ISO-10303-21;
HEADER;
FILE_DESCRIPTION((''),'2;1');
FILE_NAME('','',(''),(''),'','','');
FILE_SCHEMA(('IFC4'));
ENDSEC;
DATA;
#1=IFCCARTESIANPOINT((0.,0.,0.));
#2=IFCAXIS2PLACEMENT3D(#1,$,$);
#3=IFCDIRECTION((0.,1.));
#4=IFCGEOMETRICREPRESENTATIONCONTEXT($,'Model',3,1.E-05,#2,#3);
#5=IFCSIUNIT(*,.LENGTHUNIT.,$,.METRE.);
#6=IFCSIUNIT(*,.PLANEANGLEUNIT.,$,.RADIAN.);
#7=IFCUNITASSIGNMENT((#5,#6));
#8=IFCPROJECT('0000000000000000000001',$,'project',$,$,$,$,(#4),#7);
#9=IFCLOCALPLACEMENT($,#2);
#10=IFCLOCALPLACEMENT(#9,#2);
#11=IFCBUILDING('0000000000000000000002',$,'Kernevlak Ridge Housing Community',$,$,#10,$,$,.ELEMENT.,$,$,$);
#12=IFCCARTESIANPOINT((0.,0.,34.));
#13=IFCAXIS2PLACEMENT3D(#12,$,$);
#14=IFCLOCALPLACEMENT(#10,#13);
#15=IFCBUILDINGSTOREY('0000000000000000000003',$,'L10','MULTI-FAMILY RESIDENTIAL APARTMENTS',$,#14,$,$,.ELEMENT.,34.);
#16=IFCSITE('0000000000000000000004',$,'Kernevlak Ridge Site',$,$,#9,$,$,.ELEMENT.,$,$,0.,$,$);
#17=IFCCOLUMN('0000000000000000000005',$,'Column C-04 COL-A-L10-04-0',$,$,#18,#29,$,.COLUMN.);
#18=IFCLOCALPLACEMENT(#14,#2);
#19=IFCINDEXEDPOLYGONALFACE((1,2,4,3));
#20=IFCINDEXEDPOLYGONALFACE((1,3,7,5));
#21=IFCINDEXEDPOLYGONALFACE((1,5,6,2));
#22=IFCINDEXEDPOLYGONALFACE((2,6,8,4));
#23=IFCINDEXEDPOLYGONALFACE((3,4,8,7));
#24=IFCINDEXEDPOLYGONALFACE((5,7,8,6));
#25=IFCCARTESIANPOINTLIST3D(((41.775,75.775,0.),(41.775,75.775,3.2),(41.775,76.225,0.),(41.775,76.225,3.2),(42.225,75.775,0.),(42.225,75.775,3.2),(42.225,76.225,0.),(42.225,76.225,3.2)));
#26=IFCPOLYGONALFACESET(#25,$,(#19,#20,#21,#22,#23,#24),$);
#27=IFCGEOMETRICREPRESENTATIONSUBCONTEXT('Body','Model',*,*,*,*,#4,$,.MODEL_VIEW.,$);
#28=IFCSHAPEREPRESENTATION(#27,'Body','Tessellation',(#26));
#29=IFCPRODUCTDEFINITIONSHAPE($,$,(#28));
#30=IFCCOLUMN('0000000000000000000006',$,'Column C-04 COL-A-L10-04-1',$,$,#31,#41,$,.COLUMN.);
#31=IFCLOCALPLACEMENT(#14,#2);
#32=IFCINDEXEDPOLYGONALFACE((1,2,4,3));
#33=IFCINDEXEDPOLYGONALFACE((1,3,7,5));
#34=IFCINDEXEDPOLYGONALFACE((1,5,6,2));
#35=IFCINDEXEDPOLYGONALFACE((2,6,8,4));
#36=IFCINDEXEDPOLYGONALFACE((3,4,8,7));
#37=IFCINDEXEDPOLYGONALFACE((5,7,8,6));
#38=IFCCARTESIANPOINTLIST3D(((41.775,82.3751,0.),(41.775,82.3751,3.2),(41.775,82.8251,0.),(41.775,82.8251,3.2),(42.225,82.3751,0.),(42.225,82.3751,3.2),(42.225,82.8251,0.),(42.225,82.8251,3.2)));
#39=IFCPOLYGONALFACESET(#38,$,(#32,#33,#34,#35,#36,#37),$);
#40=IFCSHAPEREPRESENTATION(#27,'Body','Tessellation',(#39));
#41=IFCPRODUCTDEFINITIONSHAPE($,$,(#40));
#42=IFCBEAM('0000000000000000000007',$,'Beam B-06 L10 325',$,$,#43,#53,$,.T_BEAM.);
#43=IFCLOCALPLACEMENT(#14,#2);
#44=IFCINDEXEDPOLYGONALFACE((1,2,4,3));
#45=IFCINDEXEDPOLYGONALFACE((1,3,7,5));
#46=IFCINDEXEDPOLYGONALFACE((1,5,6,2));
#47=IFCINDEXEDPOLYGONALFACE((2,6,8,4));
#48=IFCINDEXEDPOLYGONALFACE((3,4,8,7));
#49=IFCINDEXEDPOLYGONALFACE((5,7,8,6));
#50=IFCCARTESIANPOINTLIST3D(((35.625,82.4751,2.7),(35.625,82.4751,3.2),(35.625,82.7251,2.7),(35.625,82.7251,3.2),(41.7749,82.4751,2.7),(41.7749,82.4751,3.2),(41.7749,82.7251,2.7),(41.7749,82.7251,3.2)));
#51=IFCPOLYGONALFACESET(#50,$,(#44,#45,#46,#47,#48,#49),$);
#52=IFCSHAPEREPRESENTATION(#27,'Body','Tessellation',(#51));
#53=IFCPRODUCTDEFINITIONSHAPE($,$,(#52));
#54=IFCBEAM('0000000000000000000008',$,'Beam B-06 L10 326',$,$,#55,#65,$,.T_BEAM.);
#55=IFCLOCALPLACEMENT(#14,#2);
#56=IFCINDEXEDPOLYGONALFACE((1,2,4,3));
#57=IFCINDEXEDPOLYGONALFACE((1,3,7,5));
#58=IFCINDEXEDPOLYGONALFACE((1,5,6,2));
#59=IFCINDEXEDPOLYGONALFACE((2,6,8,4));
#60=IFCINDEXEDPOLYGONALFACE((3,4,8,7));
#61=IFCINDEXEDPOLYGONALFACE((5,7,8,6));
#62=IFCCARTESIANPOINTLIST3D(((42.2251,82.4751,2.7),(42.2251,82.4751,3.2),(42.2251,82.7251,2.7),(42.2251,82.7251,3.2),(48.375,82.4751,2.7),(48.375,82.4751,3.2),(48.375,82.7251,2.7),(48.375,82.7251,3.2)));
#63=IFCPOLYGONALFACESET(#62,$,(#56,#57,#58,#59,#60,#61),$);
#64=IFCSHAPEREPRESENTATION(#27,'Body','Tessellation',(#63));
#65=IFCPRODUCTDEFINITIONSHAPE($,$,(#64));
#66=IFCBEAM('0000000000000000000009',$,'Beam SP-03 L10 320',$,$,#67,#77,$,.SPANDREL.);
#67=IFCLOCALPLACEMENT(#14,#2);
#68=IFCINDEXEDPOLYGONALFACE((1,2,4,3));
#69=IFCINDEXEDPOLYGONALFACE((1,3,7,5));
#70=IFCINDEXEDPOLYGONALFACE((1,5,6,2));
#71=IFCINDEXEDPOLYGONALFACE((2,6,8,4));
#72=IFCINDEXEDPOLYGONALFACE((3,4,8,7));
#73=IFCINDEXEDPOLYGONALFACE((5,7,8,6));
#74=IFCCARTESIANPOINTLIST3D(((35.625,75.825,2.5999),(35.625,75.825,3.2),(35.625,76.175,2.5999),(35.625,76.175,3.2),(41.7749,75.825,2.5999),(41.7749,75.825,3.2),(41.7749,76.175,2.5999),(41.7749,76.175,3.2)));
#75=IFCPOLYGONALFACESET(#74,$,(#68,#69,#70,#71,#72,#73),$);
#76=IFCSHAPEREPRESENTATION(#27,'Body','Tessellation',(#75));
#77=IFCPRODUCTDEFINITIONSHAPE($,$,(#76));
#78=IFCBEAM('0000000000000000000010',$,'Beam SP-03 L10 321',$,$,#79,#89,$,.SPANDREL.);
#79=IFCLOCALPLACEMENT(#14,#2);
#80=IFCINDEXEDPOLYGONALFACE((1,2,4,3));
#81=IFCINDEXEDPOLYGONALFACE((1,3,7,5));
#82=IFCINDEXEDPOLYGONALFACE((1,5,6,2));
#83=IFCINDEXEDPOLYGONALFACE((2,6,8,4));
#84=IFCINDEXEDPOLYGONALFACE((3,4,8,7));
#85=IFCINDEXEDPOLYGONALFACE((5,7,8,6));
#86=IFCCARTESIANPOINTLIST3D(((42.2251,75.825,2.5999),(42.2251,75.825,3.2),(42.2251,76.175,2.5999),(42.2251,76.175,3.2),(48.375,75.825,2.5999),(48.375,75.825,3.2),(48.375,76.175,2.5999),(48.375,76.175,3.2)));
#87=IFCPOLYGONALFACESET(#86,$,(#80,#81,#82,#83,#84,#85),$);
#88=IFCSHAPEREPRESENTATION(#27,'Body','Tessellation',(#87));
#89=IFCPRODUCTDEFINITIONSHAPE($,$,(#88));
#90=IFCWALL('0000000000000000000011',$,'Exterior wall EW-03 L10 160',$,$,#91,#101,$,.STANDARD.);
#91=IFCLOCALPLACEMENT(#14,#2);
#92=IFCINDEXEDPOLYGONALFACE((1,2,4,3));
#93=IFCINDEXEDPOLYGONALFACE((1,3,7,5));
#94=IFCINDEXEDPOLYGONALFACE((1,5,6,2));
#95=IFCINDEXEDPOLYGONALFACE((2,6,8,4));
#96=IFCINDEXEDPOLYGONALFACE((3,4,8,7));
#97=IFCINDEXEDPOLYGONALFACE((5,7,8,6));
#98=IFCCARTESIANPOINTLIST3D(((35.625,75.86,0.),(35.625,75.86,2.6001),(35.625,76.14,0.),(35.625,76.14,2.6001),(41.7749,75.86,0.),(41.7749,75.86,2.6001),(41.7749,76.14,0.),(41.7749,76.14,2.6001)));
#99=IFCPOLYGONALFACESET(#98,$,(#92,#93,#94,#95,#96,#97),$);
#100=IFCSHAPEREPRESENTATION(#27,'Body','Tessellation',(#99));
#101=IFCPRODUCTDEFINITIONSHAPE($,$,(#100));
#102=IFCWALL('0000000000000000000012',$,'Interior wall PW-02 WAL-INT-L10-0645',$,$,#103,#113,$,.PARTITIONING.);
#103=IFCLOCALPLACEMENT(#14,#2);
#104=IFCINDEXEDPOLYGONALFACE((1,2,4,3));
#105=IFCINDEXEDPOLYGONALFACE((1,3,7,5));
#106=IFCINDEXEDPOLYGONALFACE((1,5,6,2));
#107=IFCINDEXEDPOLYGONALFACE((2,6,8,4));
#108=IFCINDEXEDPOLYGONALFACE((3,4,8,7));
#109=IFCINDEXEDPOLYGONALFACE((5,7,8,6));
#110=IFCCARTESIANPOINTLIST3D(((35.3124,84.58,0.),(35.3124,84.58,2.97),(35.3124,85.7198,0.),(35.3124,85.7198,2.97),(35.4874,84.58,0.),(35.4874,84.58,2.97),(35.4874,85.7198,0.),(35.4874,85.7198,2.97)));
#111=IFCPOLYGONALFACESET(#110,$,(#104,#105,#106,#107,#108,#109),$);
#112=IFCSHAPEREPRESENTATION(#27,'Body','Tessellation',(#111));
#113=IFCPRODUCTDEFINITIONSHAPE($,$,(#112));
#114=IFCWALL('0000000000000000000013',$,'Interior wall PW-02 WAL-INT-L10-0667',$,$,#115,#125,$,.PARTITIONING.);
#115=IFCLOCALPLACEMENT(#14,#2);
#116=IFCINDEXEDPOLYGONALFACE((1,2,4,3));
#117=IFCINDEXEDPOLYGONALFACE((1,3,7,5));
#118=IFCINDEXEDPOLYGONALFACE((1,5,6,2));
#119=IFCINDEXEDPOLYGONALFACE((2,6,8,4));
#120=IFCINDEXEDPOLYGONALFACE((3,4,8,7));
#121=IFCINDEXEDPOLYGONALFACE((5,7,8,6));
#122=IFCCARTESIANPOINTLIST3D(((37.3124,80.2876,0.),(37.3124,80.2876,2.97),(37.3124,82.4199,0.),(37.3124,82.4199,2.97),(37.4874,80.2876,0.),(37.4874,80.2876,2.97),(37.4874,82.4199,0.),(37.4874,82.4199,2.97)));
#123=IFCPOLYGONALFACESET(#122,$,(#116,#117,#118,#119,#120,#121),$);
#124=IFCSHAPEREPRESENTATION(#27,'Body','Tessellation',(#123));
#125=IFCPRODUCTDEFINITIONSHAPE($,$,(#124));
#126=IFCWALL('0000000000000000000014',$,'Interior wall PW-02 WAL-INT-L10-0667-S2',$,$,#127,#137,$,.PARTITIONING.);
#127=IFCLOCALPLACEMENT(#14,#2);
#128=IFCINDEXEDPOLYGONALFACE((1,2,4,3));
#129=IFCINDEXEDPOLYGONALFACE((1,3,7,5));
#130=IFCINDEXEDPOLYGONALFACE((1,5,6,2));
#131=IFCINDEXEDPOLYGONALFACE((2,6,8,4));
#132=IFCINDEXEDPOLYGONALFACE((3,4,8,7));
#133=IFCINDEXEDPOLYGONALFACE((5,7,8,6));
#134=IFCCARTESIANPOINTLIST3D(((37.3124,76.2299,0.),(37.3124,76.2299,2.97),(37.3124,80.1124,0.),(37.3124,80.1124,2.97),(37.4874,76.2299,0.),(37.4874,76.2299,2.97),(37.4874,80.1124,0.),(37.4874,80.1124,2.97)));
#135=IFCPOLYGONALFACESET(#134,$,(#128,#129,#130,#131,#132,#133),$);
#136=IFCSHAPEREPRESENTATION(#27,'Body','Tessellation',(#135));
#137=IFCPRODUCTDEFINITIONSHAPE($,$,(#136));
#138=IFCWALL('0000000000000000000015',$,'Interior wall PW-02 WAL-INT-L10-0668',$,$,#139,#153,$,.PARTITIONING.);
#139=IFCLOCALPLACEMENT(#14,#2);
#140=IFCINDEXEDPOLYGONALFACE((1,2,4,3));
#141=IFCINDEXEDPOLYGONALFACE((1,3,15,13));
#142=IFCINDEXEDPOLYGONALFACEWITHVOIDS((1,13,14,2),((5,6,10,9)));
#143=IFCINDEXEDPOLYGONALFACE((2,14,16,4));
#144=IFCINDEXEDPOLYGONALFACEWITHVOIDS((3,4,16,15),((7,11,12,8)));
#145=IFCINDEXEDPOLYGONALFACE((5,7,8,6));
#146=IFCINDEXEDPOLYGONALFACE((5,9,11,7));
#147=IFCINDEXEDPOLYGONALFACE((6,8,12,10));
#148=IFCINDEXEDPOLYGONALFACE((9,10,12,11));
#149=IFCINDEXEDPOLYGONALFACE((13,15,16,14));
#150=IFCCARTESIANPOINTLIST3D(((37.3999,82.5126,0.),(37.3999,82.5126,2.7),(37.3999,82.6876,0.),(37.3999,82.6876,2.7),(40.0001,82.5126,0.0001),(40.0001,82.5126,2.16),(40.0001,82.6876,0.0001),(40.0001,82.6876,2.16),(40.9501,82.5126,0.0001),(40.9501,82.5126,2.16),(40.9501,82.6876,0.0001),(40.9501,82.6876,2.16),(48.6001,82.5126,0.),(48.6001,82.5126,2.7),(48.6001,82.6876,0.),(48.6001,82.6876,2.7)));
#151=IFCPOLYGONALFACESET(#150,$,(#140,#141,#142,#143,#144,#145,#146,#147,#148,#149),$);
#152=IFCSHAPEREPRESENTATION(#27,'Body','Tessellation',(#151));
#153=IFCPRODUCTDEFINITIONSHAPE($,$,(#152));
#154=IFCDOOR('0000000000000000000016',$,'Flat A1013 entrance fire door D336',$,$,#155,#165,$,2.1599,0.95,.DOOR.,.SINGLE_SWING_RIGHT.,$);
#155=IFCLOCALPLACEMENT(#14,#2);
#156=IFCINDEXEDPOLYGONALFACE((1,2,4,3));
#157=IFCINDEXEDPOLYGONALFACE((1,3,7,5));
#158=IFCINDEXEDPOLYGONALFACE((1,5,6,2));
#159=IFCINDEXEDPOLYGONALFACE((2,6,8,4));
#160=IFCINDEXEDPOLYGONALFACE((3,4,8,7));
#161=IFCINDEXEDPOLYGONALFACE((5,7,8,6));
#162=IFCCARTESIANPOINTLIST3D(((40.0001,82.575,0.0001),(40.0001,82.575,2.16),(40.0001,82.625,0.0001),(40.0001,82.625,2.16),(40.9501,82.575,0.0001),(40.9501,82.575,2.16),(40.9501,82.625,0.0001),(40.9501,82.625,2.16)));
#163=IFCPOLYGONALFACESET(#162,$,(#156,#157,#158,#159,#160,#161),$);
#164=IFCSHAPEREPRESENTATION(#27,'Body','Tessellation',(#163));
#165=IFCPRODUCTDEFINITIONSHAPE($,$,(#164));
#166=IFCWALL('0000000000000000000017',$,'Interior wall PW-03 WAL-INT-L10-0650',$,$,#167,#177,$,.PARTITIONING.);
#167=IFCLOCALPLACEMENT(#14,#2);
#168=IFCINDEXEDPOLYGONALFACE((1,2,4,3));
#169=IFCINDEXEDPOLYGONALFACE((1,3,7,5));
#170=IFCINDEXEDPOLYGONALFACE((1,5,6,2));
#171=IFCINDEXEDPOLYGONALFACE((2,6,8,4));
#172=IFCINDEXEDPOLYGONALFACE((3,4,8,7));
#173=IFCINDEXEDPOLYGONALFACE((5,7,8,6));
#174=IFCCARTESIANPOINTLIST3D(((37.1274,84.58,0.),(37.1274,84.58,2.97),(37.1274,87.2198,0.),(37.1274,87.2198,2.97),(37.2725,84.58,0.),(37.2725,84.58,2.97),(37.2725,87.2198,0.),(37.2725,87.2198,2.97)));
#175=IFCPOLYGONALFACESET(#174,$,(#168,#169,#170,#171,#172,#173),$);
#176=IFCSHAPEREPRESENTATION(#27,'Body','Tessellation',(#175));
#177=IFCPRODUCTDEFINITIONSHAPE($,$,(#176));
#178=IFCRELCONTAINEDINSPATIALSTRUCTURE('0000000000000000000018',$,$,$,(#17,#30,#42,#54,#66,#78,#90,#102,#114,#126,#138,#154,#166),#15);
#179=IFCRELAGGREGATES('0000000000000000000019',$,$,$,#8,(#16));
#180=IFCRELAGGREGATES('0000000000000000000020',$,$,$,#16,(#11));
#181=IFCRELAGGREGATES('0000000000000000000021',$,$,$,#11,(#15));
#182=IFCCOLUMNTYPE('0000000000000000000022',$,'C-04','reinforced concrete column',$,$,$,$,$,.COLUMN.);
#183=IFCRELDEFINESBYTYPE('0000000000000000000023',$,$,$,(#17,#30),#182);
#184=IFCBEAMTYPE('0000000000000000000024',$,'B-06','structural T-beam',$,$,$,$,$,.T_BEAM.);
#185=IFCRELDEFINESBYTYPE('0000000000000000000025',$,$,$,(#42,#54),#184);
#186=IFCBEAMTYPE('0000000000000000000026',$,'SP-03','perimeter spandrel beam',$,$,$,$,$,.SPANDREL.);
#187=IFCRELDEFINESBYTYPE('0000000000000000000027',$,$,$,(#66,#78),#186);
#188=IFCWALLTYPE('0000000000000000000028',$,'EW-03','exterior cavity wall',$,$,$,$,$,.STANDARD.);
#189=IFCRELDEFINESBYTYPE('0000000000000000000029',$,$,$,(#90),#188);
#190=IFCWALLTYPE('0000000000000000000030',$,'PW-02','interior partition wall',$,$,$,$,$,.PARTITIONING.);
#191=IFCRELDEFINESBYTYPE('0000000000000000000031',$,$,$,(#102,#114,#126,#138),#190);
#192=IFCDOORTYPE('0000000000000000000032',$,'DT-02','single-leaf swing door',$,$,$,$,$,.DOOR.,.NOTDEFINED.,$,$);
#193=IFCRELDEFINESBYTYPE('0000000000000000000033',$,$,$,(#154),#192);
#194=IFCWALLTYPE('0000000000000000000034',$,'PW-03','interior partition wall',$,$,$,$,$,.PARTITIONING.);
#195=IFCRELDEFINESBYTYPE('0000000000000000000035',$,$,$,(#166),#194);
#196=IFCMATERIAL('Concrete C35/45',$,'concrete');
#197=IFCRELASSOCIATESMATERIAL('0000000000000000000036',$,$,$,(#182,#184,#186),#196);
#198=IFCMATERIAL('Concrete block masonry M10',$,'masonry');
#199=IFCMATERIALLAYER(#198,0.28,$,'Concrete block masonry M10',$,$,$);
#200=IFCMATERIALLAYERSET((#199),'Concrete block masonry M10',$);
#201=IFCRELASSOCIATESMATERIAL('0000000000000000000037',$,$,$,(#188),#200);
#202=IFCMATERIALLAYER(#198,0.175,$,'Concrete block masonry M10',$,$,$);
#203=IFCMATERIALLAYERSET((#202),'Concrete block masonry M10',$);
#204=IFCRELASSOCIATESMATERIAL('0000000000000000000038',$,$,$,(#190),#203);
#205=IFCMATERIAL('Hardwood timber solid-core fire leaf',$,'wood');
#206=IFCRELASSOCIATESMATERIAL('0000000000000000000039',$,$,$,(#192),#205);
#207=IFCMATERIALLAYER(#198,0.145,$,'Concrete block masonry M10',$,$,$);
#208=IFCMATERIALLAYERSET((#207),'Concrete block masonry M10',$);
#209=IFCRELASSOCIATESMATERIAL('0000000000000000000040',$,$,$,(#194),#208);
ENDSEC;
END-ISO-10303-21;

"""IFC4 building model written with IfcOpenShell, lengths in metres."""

from ifc_helpers import new_model, si_unit, direction, frame, frame_2d, origin, origin_2d, place, context, subcontext, project, spatial, rectangle, extrude, material, layer, layer_set, material_profile, profile_set, type_object, element, fill, save


model = new_model("IFC4")

# Units and contexts
model_context = context("Model", 3, precision=1e-05, world=origin(), true_north=direction((0.0, 1.0)))
body_context = subcontext(model_context, "Body", "Model", "MODEL_VIEW")
ifc_project = project(units=[si_unit("LENGTHUNIT", "METRE"), si_unit("PLANEANGLEUNIT", "RADIAN")], contexts=[model_context])

# Site, building, storey
site_placement = place(None, origin())
site = spatial("IfcSite", under=ifc_project, at=site_placement, Name="Kernevlak Ridge Site", CompositionType="ELEMENT", RefElevation=0.0)
building_placement = place(site_placement, origin())
building = spatial("IfcBuilding", under=site, at=building_placement, Name="Kernevlak Ridge Housing Community", CompositionType="ELEMENT")
storey_placement = place(building_placement, frame((0.0, 0.0, 34.0)))
storey = spatial("IfcBuildingStorey", under=building, at=storey_placement, Name="L10", Description="MULTI-FAMILY RESIDENTIAL APARTMENTS", CompositionType="ELEMENT", Elevation=34.0)

# Columns
ifc_material_1 = material(Name="Concrete C35/45", Category="concrete")
ifc_material_profile_1 = material_profile(ifc_material_1, rectangle(XDim=0.45, YDim=0.45, at=origin_2d()), Name="RC 450x450")
ifc_profile_set_1 = profile_set([ifc_material_profile_1], Name="Concrete C35/45")
column_type = type_object("IfcColumnType", Name="C-04", Description="reinforced concrete column", PredefinedType="COLUMN", material=ifc_profile_set_1)
for number, where, z_axis, x_axis, name in (
    (1, (42.0, 76.0, 0.0), (0.0, 0.0, 1.0), (1.0, 0.0, 0.0), "Column C-04 COL-A-L10-04-0"),
    (2, (42.0, 82.6001, 0.0), (0.0, 0.0, 1.0), (1.0, 0.0, 0.0), "Column C-04 COL-A-L10-04-1"),
):
    element("IfcColumn", number, at=place(storey_placement, frame(where, z_axis=z_axis, x_axis=x_axis)), inside=storey, type_object=column_type, Name=name, PredefinedType="COLUMN", context=body_context, shape_type="SweptSolid", body=[
        extrude(rectangle(XDim=0.45, YDim=0.45, at=origin_2d()), origin(), (0.0, 0.0, 1.0), 3.2),
    ])

# Beams
ifc_material_profile_2 = material_profile(ifc_material_1, rectangle(XDim=0.25, YDim=0.5, at=origin_2d()), Name="RC 250x500")
ifc_profile_set_2 = profile_set([ifc_material_profile_2], Name="Concrete C35/45")
beam_type_1 = type_object("IfcBeamType", Name="B-06", Description="structural T-beam", PredefinedType="T_BEAM", material=ifc_profile_set_2)
for number, where, z_axis, x_axis, name in (
    (3, (35.625, 82.6001, 2.95), (1.0, 0.0, 0.0), (0.0, 1.0, 0.0), "Beam B-06 L10 325"),
    (4, (42.2251, 82.6001, 2.95), (1.0, 0.0, 0.0), (0.0, 1.0, 0.0), "Beam B-06 L10 326"),
):
    element("IfcBeam", number, at=place(storey_placement, frame(where, z_axis=z_axis, x_axis=x_axis)), inside=storey, type_object=beam_type_1, Name=name, PredefinedType="T_BEAM", context=body_context, shape_type="SweptSolid", body=[
        extrude(rectangle(XDim=0.25, YDim=0.5, at=origin_2d()), origin(), (0.0, 0.0, 1.0), 6.1499),
    ])
ifc_material_profile_3 = material_profile(ifc_material_1, rectangle(XDim=0.3501, YDim=0.6001, at=origin_2d()), Name="RC 350x600")
ifc_profile_set_3 = profile_set([ifc_material_profile_3], Name="Concrete C35/45")
beam_type_2 = type_object("IfcBeamType", Name="SP-03", Description="perimeter spandrel beam", PredefinedType="SPANDREL", material=ifc_profile_set_3)
for number, where, z_axis, x_axis, name in (
    (5, (35.625, 76.0, 2.8999), (1.0, 0.0, 0.0), (0.0, 1.0, 0.0), "Beam SP-03 L10 320"),
    (6, (42.2251, 76.0, 2.8999), (1.0, 0.0, 0.0), (0.0, 1.0, 0.0), "Beam SP-03 L10 321"),
):
    element("IfcBeam", number, at=place(storey_placement, frame(where, z_axis=z_axis, x_axis=x_axis)), inside=storey, type_object=beam_type_2, Name=name, PredefinedType="SPANDREL", context=body_context, shape_type="SweptSolid", body=[
        extrude(rectangle(XDim=0.3501, YDim=0.6001, at=origin_2d()), origin(), (0.0, 0.0, 1.0), 6.1499),
    ])

# Walls
ifc_material_2 = material(Name="Concrete block masonry M10", Category="masonry")
ifc_layer_1 = layer(ifc_material_2, 0.28, Name="Concrete block masonry M10")
ifc_layer_set_1 = layer_set([ifc_layer_1], Name="Concrete block masonry M10")
wall_type_1 = type_object("IfcWallType", Name="EW-03", Description="exterior cavity wall", PredefinedType="STANDARD", material=ifc_layer_set_1)
wall_1_placement = place(storey_placement, frame((35.625, 76.0, 0.0), z_axis=(0.0, 0.0, 1.0), x_axis=(1.0, 0.0, 0.0)))
element("IfcWall", 7, at=wall_1_placement, inside=storey, type_object=wall_type_1, Name="Exterior wall EW-03 L10 160", PredefinedType="STANDARD", context=body_context, shape_type="SweptSolid", body=[
    extrude(rectangle(XDim=6.1499, YDim=0.28, at=frame_2d((3.075, 0.0))), origin(), (0.0, 0.0, 1.0), 2.6001),
])
ifc_layer_2 = layer(ifc_material_2, 0.175, Name="Concrete block masonry M10")
ifc_layer_set_2 = layer_set([ifc_layer_2], Name="Concrete block masonry M10")
wall_type_2 = type_object("IfcWallType", Name="PW-02", Description="interior partition wall", PredefinedType="PARTITIONING", material=ifc_layer_set_2)
wall_2_placement = place(storey_placement, frame((35.3999, 84.5801, 0.0), z_axis=(0.0, 0.0, 1.0), x_axis=(0.0, 1.0, 0.0)))
element("IfcWall", 8, at=wall_2_placement, inside=storey, type_object=wall_type_2, Name="Interior wall PW-02 WAL-INT-L10-0645", PredefinedType="PARTITIONING", context=body_context, shape_type="SweptSolid", body=[
    extrude(rectangle(XDim=1.1399, YDim=0.175, at=frame_2d((0.5698, 0.0))), origin(), (0.0, 0.0, 1.0), 2.97),
])
wall_3_placement = place(storey_placement, frame((37.3999, 82.4199, 0.0), z_axis=(0.0, 0.0, 1.0), x_axis=(0.0, -1.0, 0.0)))
element("IfcWall", 9, at=wall_3_placement, inside=storey, type_object=wall_type_2, Name="Interior wall PW-02 WAL-INT-L10-0667", PredefinedType="PARTITIONING", context=body_context, shape_type="SweptSolid", body=[
    extrude(rectangle(XDim=2.1323, YDim=0.175, at=frame_2d((1.0662, 0.0))), origin(), (0.0, 0.0, 1.0), 2.97),
])
wall_4_placement = place(storey_placement, frame((37.3999, 80.1125, 0.0), z_axis=(0.0, 0.0, 1.0), x_axis=(0.0, -1.0, 0.0)))
element("IfcWall", 10, at=wall_4_placement, inside=storey, type_object=wall_type_2, Name="Interior wall PW-02 WAL-INT-L10-0667-S2", PredefinedType="PARTITIONING", context=body_context, shape_type="SweptSolid", body=[
    extrude(rectangle(XDim=3.8826, YDim=0.175, at=frame_2d((1.9414, 0.0))), origin(), (0.0, 0.0, 1.0), 2.97),
])

# Wall, opening, door
wall_5_placement = place(storey_placement, frame((37.3999, 82.6001, 0.0), z_axis=(0.0, 0.0, 1.0), x_axis=(1.0, 0.0, 0.0)))
wall_5 = element("IfcWall", 11, at=wall_5_placement, inside=storey, type_object=wall_type_2, Name="Interior wall PW-02 WAL-INT-L10-0668", PredefinedType="PARTITIONING", context=body_context, shape_type="SweptSolid", body=[
    extrude(rectangle(XDim=11.2002, YDim=0.175, at=frame_2d((5.6001, 0.0))), origin(), (0.0, 0.0, 1.0), 2.7),
])
opening_1_placement = place(wall_5_placement, frame((2.6001, 0.0, 0.0)))
opening_1 = element("IfcOpeningElement", 12, at=opening_1_placement, cuts=wall_5, PredefinedType="OPENING", context=body_context, shape_type="SweptSolid", body=[
    extrude(rectangle(XDim=0.95, YDim=2.1599, at=frame_2d((0.4751, 1.0801))), frame((0.0, 0.0974, 0.0), z_axis=(0.0, -1.0, 0.0), x_axis=(1.0, 0.0, 0.0)), (0.0, 0.0, 1.0), 0.1951),
])
ifc_material_3 = material(Name="Hardwood timber solid-core fire leaf", Category="wood")
door_type_1 = type_object("IfcDoorType", Name="DT-02", Description="single-leaf swing door", OperationType="NOTDEFINED", PredefinedType="DOOR", material=ifc_material_3)
door_1_placement = place(opening_1_placement, origin())
door_1 = element("IfcDoor", 13, at=door_1_placement, inside=storey, type_object=door_type_1, Name="Flat A1013 entrance fire door D336", OperationType="SINGLE_SWING_RIGHT", OverallHeight=2.1599, OverallWidth=0.95, PredefinedType="DOOR", context=body_context, shape_type="SweptSolid", body=[
    extrude(rectangle(XDim=0.95, YDim=2.1599, at=frame_2d((0.4751, 1.0801))), frame((0.0, 0.0249, 0.0), z_axis=(0.0, -1.0, 0.0), x_axis=(1.0, 0.0, 0.0)), (0.0, 0.0, 1.0), 0.05),
])
fill(opening_1, door_1)

# Wall
ifc_layer_3 = layer(ifc_material_2, 0.145, Name="Concrete block masonry M10")
ifc_layer_set_3 = layer_set([ifc_layer_3], Name="Concrete block masonry M10")
wall_type_3 = type_object("IfcWallType", Name="PW-03", Description="interior partition wall", PredefinedType="PARTITIONING", material=ifc_layer_set_3)
wall_6_placement = place(storey_placement, frame((37.2, 84.5801, 0.0), z_axis=(0.0, 0.0, 1.0), x_axis=(0.0, 1.0, 0.0)))
element("IfcWall", 14, at=wall_6_placement, inside=storey, type_object=wall_type_3, Name="Interior wall PW-03 WAL-INT-L10-0650", PredefinedType="PARTITIONING", context=body_context, shape_type="SweptSolid", body=[
    extrude(rectangle(XDim=2.6399, YDim=0.145, at=frame_2d((1.3198, 0.0))), origin(), (0.0, 0.0, 1.0), 2.97),
])

save(model, "model.ifc")
